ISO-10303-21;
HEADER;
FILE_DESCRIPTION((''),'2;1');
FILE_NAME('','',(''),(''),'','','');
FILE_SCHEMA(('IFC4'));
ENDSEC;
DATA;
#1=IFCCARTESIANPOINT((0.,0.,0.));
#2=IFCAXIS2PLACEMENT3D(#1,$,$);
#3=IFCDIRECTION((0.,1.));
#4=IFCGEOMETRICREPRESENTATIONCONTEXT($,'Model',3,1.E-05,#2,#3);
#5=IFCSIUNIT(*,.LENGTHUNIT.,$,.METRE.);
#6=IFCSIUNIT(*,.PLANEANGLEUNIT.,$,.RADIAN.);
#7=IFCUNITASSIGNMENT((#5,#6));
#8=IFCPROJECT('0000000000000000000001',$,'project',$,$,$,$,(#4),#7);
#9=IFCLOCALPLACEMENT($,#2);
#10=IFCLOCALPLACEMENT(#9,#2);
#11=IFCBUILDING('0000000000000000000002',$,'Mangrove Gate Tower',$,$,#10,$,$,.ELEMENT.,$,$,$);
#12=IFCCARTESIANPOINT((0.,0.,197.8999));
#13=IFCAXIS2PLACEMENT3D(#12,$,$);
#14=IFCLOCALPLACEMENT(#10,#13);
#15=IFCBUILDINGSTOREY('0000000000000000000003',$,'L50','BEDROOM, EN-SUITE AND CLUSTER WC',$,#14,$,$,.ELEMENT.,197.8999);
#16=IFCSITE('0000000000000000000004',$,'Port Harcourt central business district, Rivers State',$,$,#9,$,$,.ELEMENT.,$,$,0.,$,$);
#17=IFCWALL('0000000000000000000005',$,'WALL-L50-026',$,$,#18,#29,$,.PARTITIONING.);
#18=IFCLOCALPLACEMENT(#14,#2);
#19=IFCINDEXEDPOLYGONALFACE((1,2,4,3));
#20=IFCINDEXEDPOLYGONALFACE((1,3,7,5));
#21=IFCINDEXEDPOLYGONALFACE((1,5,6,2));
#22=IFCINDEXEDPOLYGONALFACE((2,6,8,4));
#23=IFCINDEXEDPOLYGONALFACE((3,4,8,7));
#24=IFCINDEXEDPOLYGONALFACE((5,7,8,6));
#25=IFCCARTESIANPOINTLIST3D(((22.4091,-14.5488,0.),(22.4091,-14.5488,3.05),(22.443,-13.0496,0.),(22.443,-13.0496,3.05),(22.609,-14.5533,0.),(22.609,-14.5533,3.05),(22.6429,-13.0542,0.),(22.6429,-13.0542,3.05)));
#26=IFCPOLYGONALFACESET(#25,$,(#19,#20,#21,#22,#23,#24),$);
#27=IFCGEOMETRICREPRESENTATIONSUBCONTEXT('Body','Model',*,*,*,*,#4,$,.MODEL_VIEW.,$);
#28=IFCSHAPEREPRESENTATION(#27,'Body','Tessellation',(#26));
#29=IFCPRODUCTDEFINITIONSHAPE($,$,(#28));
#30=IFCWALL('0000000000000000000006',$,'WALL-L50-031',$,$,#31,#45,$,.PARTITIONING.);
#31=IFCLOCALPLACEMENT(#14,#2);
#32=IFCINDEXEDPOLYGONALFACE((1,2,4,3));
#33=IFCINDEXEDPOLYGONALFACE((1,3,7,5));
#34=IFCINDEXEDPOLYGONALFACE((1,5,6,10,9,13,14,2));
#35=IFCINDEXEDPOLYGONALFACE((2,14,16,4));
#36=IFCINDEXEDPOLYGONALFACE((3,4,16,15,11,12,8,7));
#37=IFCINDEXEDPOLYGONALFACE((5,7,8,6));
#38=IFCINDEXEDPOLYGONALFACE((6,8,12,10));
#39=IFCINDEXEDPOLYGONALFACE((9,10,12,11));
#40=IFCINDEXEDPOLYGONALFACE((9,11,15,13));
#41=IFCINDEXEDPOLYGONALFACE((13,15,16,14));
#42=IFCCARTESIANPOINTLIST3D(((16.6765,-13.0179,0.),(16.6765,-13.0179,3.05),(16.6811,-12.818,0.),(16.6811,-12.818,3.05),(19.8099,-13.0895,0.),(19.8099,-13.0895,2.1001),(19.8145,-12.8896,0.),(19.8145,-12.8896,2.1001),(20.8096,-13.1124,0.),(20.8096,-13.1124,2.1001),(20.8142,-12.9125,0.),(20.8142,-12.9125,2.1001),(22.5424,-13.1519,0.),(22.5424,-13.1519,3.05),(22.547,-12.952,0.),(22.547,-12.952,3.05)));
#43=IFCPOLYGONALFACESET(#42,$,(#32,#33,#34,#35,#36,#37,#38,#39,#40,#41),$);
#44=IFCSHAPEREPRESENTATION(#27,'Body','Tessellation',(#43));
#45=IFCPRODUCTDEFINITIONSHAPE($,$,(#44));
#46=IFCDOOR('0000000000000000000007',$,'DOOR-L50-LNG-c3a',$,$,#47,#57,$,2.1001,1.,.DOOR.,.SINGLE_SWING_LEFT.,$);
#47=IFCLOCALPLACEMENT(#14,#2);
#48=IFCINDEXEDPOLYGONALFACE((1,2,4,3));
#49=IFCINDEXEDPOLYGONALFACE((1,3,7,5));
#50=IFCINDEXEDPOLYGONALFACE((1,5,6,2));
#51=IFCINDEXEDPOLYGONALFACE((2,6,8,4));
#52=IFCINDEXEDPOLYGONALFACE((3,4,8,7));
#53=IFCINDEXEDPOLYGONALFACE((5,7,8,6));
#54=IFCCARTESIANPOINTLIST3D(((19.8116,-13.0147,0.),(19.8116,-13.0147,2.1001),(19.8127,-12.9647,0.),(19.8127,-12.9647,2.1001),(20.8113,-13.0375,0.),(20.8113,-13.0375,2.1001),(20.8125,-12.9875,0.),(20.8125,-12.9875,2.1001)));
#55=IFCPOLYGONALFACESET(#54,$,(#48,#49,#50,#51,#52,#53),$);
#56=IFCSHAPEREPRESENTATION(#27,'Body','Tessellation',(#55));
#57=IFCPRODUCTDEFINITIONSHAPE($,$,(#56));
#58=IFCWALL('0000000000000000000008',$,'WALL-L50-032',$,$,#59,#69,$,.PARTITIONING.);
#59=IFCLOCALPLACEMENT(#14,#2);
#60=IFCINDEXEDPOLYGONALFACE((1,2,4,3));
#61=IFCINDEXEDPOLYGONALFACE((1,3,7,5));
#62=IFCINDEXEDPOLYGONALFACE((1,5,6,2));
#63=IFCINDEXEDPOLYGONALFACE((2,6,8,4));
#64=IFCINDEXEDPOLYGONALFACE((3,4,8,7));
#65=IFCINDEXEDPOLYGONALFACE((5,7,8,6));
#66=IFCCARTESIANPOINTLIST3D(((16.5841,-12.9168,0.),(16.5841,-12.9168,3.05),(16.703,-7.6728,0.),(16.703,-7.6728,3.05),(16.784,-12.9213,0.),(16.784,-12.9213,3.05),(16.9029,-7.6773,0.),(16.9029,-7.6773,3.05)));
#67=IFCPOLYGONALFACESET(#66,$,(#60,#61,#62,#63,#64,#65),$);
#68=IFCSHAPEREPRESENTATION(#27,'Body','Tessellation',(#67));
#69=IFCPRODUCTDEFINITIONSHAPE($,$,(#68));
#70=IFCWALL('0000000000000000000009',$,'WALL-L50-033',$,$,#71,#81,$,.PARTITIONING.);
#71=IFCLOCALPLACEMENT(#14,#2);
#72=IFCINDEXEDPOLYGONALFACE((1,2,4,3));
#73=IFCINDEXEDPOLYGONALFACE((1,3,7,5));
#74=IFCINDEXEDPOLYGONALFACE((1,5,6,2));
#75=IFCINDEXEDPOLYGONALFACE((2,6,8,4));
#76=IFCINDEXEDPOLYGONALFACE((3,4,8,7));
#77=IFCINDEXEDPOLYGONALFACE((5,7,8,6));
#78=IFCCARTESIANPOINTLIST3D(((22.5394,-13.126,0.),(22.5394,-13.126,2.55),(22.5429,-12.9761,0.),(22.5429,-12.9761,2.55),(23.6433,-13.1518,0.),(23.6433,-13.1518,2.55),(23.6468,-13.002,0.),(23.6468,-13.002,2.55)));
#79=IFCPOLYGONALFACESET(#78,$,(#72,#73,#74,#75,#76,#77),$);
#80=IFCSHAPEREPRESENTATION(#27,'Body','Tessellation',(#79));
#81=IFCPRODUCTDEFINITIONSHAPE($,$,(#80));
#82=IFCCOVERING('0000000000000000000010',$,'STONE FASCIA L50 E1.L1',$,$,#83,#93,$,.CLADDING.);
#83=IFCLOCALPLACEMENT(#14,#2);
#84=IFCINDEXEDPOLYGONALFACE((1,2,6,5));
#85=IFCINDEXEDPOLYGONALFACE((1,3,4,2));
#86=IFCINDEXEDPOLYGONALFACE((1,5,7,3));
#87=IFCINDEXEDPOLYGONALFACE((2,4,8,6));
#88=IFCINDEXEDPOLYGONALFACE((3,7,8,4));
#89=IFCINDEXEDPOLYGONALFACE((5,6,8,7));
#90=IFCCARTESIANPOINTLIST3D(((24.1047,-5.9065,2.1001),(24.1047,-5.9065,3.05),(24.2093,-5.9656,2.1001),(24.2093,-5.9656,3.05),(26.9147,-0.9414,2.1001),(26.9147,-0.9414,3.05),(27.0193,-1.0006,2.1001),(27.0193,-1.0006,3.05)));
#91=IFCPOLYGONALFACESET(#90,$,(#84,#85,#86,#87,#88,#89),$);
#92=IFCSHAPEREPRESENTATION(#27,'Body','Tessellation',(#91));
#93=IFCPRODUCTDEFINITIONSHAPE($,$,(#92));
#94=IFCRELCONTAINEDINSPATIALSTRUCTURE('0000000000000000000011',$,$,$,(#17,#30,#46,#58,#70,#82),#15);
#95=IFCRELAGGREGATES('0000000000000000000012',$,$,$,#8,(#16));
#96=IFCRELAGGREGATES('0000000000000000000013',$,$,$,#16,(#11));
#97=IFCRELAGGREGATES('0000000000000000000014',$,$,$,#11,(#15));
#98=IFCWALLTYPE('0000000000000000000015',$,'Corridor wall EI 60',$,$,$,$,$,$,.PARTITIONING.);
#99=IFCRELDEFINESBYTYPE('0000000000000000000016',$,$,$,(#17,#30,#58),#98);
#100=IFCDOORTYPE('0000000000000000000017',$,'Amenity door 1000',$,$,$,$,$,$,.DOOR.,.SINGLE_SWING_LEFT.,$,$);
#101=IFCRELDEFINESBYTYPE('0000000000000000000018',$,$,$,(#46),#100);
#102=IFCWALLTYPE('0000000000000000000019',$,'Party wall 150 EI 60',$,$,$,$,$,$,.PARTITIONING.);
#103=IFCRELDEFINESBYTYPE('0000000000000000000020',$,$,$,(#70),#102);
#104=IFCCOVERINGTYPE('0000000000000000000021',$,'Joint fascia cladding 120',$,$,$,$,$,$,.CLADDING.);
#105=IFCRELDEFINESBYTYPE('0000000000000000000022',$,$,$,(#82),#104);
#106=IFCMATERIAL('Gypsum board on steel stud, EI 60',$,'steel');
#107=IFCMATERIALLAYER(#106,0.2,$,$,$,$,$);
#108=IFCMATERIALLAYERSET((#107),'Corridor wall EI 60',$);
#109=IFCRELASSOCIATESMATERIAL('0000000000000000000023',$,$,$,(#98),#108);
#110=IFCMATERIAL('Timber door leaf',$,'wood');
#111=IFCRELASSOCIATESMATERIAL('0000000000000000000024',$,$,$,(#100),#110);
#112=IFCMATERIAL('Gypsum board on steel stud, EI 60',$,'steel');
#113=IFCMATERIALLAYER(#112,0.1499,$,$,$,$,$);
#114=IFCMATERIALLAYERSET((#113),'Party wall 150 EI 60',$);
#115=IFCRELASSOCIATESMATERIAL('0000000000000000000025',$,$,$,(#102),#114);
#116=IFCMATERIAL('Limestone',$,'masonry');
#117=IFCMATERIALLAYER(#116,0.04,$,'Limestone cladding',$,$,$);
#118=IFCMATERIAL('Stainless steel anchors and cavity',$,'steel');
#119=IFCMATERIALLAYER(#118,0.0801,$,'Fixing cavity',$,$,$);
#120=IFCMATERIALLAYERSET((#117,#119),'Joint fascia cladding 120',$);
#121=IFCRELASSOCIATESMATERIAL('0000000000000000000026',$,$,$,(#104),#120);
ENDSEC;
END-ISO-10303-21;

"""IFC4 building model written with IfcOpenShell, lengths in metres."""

from ifc_helpers import new_model, si_unit, direction, frame, frame_2d, origin, place, context, subcontext, project, spatial, rectangle, extrude, material, layer, layer_set, type_object, element, fill, save


model = new_model("IFC4")

# Units and contexts
model_context = context("Model", 3, precision=1e-05, world=origin(), true_north=direction((0.0, 1.0)))
body_context = subcontext(model_context, "Body", "Model", "MODEL_VIEW")
ifc_project = project(units=[si_unit("LENGTHUNIT", "METRE"), si_unit("PLANEANGLEUNIT", "RADIAN")], contexts=[model_context])

# Site, building, storey
site_placement = place(None, origin())
site = spatial("IfcSite", under=ifc_project, at=site_placement, Name="Port Harcourt central business district, Rivers State", CompositionType="ELEMENT", RefElevation=0.0)
building_placement = place(site_placement, origin())
building = spatial("IfcBuilding", under=site, at=building_placement, Name="Mangrove Gate Tower", CompositionType="ELEMENT")
storey_placement = place(building_placement, frame((0.0, 0.0, 197.8999)))
storey = spatial("IfcBuildingStorey", under=building, at=storey_placement, Name="L50", Description="BEDROOM, EN-SUITE AND CLUSTER WC", CompositionType="ELEMENT", Elevation=197.8999)

# Wall
ifc_material_1 = material(Name="Gypsum board on steel stud, EI 60", Category="steel")
ifc_layer_1 = layer(ifc_material_1, 0.2)
ifc_layer_set_1 = layer_set([ifc_layer_1], Name="Corridor wall EI 60")
wall_type_1 = type_object("IfcWallType", Name="Corridor wall EI 60", PredefinedType="PARTITIONING", material=ifc_layer_set_1)
wall_1_placement = place(storey_placement, frame((22.509, -14.551, 0.0), z_axis=(0.0, 0.0, 1.0), x_axis=(0.022633, 0.999744, 0.0)))
element("IfcWall", 1, at=wall_1_placement, inside=storey, type_object=wall_type_1, Name="WALL-L50-026", PredefinedType="PARTITIONING", context=body_context, shape_type="SweptSolid", body=[
    extrude(rectangle(XDim=1.4995, YDim=0.2, at=frame_2d((0.7498, 0.0))), origin(), (0.0, 0.0, 1.0), 3.05),
])

# Wall, opening, door
wall_2_placement = place(storey_placement, frame((16.679, -12.918, 0.0), z_axis=(0.0, 0.0, 1.0), x_axis=(0.999739, -0.022843, 0.0)))
wall_2 = element("IfcWall", 2, at=wall_2_placement, inside=storey, type_object=wall_type_1, Name="WALL-L50-031", PredefinedType="PARTITIONING", context=body_context, shape_type="SweptSolid", body=[
    extrude(rectangle(XDim=5.8674, YDim=0.2, at=frame_2d((2.9336, 0.0))), origin(), (0.0, 0.0, 1.0), 3.05),
])
opening_1_placement = place(wall_2_placement, frame((3.134, 0.0, 0.0)))
opening_1 = element("IfcOpeningElement", 3, at=opening_1_placement, cuts=wall_2, PredefinedType="OPENING", context=body_context, shape_type="SweptSolid", body=[
    extrude(rectangle(XDim=1.0, YDim=2.1001, at=frame_2d((0.5, 1.05))), frame((0.0, 0.1099, 0.0), z_axis=(0.0, -1.0, 0.0), x_axis=(1.0, 0.0, 0.0)), (0.0, 0.0, 1.0), 0.22),
])
ifc_material_2 = material(Name="Timber door leaf", Category="wood")
door_type_1 = type_object("IfcDoorType", Name="Amenity door 1000", OperationType="SINGLE_SWING_LEFT", PredefinedType="DOOR", material=ifc_material_2)
door_1_placement = place(opening_1_placement, origin())
door_1 = element("IfcDoor", 4, at=door_1_placement, inside=storey, type_object=door_type_1, Name="DOOR-L50-LNG-c3a", OperationType="SINGLE_SWING_LEFT", OverallHeight=2.1001, OverallWidth=1.0, PredefinedType="DOOR", context=body_context, shape_type="SweptSolid", body=[
    extrude(rectangle(XDim=1.0, YDim=2.1001, at=frame_2d((0.5, 1.05))), frame((0.0, 0.0249, 0.0), z_axis=(0.0, -1.0, 0.0), x_axis=(1.0, 0.0, 0.0)), (0.0, 0.0, 1.0), 0.05),
])
fill(opening_1, door_1)

# Walls
wall_3_placement = place(storey_placement, frame((16.6841, -12.9189, 0.0), z_axis=(0.0, 0.0, 1.0), x_axis=(0.022667, 0.999743, 0.0)))
element("IfcWall", 5, at=wall_3_placement, inside=storey, type_object=wall_type_1, Name="WALL-L50-032", PredefinedType="PARTITIONING", context=body_context, shape_type="SweptSolid", body=[
    extrude(rectangle(XDim=5.2454, YDim=0.2, at=frame_2d((2.6226, 0.0))), origin(), (0.0, 0.0, 1.0), 3.05),
])
ifc_material_3 = material(Name="Gypsum board on steel stud, EI 60", Category="steel")
ifc_layer_2 = layer(ifc_material_3, 0.1499)
ifc_layer_set_2 = layer_set([ifc_layer_2], Name="Party wall 150 EI 60")
wall_type_2 = type_object("IfcWallType", Name="Party wall 150 EI 60", PredefinedType="PARTITIONING", material=ifc_layer_set_2)
wall_4_placement = place(storey_placement, frame((22.541, -13.051, 0.0), z_axis=(0.0, 0.0, 1.0), x_axis=(0.999725, -0.023435, 0.0)))
element("IfcWall", 6, at=wall_4_placement, inside=storey, type_object=wall_type_2, Name="WALL-L50-033", PredefinedType="PARTITIONING", context=body_context, shape_type="SweptSolid", body=[
    extrude(rectangle(XDim=1.1042, YDim=0.1499, at=frame_2d((0.5522, 0.0))), origin(), (0.0, 0.0, 1.0), 2.55),
])

# Covering
ifc_material_4 = material(Name="Limestone", Category="masonry")
ifc_layer_3 = layer(ifc_material_4, 0.04, Name="Limestone cladding")
ifc_material_5 = material(Name="Stainless steel anchors and cavity", Category="steel")
ifc_layer_4 = layer(ifc_material_5, 0.0801, Name="Fixing cavity")
ifc_layer_set_3 = layer_set([ifc_layer_3, ifc_layer_4], Name="Joint fascia cladding 120")
covering_type = type_object("IfcCoveringType", Name="Joint fascia cladding 120", PredefinedType="CLADDING", material=ifc_layer_set_3)
covering_placement = place(storey_placement, frame((24.157, -5.936, 2.1001), z_axis=(0.0, 0.0, 1.0), x_axis=(0.492549, 0.870285, 0.0)))
element("IfcCovering", 7, at=covering_placement, inside=storey, type_object=covering_type, Name="STONE FASCIA L50 E1.L1", PredefinedType="CLADDING", context=body_context, shape_type="SweptSolid", body=[
    extrude(rectangle(XDim=5.7051, YDim=0.1201, at=frame_2d((2.8525, 0.0))), origin(), (0.0, 0.0, 1.0), 0.95),
])

save(model, "model.ifc")
